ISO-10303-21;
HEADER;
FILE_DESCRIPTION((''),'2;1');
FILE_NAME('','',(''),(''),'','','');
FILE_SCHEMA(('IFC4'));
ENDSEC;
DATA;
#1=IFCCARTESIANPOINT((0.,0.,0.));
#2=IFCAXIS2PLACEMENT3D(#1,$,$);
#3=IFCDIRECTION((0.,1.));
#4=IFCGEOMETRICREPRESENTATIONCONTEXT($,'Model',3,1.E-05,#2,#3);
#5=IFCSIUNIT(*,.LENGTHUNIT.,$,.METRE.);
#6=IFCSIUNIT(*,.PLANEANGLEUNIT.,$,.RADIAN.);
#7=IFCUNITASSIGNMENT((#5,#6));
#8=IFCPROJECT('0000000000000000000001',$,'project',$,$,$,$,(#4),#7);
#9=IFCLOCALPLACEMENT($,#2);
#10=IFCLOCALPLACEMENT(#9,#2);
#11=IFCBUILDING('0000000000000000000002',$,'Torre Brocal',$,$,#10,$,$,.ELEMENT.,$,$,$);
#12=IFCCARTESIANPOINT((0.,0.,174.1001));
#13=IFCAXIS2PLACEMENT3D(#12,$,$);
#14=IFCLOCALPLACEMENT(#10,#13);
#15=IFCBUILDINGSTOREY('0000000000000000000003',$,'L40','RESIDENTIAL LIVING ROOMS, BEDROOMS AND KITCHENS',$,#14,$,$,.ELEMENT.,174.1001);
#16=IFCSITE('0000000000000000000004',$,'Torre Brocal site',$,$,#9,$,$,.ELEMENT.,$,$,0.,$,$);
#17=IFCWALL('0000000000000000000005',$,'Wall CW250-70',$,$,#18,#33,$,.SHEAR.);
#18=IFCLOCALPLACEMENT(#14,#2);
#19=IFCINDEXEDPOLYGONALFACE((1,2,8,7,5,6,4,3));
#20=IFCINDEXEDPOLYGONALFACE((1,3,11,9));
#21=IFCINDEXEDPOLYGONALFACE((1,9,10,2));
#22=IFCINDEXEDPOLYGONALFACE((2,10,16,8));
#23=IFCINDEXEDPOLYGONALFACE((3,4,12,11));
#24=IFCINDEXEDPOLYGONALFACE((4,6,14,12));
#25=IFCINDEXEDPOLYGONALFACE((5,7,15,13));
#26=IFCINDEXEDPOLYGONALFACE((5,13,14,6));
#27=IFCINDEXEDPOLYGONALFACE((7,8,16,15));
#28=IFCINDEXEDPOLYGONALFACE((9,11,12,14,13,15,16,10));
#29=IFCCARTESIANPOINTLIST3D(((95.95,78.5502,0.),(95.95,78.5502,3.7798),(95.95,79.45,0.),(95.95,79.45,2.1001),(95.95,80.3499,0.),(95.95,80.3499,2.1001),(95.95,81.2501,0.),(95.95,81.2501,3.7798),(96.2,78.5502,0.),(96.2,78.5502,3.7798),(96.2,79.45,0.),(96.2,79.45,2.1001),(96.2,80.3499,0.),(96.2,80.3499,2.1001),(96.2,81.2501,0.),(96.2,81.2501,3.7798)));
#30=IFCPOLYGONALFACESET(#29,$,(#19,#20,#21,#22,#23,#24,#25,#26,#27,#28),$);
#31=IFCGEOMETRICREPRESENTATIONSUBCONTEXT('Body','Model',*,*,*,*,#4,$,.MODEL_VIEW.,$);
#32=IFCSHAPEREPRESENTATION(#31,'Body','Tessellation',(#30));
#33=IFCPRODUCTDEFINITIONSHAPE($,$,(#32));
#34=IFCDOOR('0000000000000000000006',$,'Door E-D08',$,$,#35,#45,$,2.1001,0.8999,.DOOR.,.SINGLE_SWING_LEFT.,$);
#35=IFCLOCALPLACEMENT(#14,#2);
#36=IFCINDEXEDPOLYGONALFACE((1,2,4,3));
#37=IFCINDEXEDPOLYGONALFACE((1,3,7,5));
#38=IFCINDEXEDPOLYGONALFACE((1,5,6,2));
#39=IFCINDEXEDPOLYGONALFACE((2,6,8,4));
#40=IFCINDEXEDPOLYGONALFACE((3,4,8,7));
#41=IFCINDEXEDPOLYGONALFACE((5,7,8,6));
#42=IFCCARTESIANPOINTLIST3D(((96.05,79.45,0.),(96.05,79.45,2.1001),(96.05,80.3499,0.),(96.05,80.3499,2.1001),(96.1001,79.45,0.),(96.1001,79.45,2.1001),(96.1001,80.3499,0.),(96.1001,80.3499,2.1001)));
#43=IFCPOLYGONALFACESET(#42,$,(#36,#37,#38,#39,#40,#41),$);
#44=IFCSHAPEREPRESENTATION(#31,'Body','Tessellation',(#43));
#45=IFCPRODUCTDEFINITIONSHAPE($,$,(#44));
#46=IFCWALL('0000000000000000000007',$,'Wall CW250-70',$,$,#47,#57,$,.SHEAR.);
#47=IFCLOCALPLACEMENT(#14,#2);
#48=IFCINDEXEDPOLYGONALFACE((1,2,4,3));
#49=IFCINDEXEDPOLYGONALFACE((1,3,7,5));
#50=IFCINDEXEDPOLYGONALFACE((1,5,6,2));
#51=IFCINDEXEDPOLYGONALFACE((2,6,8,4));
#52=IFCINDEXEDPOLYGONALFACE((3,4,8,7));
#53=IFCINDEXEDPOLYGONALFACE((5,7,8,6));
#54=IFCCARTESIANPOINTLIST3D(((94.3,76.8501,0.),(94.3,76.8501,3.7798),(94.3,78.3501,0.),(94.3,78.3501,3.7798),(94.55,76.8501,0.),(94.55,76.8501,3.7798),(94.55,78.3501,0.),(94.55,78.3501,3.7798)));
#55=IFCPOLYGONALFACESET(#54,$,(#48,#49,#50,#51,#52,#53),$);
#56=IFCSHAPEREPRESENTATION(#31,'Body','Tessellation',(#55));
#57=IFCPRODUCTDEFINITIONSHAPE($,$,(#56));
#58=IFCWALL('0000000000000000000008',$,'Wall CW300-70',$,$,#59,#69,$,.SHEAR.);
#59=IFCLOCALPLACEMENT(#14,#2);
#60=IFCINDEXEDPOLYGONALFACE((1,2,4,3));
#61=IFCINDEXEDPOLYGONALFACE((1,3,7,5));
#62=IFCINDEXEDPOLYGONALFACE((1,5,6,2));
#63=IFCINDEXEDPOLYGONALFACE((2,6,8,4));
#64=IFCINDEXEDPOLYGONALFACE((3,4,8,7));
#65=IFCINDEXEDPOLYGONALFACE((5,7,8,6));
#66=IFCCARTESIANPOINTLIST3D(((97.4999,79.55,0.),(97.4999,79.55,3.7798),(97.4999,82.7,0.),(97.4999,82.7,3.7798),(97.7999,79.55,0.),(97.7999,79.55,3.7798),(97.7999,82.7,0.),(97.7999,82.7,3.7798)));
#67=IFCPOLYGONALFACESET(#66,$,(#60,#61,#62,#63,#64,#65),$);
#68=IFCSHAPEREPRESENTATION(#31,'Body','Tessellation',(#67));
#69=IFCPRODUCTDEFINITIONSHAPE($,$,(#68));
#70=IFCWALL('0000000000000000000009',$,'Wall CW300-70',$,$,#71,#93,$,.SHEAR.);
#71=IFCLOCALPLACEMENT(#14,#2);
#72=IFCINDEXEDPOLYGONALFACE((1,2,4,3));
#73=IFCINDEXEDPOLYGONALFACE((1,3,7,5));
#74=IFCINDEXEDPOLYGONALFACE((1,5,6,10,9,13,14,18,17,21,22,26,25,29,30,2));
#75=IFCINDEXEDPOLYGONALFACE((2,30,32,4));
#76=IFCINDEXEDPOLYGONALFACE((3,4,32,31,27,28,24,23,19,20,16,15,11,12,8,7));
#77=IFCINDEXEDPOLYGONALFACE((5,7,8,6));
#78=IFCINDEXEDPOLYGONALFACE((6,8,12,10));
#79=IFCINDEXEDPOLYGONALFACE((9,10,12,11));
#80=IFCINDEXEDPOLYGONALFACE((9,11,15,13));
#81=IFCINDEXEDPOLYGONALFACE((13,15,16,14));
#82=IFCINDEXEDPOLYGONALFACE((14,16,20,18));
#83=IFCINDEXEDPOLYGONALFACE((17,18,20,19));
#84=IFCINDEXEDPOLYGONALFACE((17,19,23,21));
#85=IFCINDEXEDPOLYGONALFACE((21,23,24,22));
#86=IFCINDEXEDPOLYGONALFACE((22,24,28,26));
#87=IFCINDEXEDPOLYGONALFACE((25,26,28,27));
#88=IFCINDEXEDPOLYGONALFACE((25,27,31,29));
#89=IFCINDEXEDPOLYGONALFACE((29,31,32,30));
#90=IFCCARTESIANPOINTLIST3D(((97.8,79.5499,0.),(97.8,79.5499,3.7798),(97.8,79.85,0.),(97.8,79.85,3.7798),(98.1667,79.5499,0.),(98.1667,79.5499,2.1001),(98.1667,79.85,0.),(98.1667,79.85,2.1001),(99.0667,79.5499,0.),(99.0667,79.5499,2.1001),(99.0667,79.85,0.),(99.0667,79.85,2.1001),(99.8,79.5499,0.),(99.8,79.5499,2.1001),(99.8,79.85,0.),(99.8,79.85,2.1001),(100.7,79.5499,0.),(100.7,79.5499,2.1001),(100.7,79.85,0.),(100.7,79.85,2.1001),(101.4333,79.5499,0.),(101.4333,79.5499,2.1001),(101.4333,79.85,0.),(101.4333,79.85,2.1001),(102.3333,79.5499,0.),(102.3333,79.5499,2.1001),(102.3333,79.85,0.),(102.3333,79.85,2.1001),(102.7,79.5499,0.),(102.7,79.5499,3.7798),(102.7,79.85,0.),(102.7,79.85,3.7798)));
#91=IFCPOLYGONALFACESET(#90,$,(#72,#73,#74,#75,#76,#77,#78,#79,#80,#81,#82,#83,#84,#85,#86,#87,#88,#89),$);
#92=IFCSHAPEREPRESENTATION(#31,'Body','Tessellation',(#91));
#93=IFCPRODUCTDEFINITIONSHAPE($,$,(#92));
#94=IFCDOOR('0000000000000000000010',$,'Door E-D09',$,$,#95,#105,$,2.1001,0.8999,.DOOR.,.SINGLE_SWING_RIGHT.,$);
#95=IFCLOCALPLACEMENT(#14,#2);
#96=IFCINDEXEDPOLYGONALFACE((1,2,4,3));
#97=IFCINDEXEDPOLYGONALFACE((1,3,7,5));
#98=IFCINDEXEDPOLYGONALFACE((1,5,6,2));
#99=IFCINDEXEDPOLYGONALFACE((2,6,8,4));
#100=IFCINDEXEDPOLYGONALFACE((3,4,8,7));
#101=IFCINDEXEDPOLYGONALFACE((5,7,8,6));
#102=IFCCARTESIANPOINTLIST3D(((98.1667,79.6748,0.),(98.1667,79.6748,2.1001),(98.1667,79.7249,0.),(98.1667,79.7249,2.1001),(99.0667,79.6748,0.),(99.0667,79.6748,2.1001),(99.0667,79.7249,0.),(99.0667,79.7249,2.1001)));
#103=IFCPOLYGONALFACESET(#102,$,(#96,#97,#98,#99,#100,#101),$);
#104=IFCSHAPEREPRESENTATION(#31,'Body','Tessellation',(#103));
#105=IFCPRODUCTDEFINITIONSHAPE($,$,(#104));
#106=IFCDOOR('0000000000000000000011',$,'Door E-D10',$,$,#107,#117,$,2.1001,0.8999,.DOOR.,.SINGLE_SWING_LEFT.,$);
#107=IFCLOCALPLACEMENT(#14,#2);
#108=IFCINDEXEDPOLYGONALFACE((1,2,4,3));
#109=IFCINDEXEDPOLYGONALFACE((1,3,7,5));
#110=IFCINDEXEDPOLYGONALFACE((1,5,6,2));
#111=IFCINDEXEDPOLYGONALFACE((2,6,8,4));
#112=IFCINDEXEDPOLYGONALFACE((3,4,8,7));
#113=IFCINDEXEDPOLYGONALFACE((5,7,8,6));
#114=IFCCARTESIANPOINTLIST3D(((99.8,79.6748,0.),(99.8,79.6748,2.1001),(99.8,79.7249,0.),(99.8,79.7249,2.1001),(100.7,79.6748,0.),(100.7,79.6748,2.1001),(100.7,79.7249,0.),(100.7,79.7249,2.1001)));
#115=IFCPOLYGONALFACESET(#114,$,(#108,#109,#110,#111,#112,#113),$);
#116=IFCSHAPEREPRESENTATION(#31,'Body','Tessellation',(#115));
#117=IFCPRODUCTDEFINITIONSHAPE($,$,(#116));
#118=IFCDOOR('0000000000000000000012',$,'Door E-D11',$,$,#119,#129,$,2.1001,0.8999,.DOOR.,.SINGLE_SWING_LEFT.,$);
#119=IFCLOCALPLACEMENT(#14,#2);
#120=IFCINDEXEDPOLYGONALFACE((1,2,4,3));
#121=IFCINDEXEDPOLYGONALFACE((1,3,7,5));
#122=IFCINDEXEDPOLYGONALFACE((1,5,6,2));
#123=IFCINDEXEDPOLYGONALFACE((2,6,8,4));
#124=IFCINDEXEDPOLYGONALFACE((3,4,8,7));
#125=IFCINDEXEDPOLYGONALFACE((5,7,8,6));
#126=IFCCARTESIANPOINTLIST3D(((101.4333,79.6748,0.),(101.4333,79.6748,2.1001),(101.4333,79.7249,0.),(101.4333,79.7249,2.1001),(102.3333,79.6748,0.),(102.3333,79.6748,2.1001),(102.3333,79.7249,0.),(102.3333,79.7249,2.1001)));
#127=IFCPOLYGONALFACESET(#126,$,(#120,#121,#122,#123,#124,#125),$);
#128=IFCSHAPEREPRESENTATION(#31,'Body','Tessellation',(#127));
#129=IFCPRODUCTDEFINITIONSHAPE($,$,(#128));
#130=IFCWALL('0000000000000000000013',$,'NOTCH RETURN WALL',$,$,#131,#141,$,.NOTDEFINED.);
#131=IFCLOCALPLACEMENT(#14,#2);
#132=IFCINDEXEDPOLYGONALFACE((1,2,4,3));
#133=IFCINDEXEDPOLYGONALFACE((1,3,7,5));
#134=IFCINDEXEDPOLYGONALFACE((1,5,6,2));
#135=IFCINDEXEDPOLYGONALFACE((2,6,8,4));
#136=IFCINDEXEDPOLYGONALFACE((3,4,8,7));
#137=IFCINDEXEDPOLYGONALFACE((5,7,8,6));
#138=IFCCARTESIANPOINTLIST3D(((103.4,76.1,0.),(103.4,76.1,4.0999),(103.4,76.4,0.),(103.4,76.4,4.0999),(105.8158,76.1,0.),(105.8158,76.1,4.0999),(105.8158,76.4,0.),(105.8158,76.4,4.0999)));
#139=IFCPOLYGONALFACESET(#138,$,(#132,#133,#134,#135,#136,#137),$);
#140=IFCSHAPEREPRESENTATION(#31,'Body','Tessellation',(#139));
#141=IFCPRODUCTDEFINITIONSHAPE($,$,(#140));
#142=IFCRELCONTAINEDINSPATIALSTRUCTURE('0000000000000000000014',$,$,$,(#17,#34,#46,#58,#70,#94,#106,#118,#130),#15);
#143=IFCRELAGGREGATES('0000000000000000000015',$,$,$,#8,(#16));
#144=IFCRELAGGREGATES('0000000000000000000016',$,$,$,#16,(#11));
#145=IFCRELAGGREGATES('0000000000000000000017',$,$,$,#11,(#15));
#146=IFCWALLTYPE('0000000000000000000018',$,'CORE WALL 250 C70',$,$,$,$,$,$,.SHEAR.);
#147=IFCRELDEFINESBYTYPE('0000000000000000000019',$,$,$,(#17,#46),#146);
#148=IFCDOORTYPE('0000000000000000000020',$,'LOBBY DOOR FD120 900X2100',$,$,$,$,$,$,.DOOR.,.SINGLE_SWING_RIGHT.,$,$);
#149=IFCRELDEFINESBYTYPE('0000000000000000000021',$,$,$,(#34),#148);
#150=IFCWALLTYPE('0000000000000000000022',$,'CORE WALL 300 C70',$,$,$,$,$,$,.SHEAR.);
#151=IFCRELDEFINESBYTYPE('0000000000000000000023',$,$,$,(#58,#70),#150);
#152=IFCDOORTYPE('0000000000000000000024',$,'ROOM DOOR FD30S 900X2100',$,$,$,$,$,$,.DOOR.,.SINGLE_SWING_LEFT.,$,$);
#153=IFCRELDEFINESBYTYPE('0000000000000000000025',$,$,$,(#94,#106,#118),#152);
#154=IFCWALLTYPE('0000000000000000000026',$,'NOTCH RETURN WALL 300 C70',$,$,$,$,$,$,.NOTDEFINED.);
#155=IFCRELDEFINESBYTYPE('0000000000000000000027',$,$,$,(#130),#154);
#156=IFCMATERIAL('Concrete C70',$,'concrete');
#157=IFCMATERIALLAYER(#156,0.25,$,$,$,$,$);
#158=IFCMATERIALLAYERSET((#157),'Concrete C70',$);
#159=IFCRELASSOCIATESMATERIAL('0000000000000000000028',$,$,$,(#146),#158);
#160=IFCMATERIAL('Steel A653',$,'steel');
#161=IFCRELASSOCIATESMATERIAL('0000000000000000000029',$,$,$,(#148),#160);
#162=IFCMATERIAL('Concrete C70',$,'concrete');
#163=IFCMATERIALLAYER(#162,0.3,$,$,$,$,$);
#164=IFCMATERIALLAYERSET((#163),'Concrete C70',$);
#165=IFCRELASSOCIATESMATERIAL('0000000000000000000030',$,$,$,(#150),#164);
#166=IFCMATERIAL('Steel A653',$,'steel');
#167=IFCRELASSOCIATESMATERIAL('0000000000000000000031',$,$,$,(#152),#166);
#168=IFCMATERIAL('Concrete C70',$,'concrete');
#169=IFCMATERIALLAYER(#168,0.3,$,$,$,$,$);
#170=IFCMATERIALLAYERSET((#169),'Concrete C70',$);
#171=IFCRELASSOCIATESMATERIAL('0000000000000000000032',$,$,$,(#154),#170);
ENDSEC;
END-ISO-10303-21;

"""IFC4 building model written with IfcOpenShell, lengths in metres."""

from ifc_helpers import new_model, si_unit, direction, frame, frame_2d, origin, place, context, subcontext, project, spatial, rectangle, extrude, material, layer, layer_set, type_object, element, fill, save


model = new_model("IFC4")

# Units and contexts
model_context = context("Model", 3, precision=1e-05, world=origin(), true_north=direction((0.0, 1.0)))
body_context = subcontext(model_context, "Body", "Model", "MODEL_VIEW")
ifc_project = project(units=[si_unit("LENGTHUNIT", "METRE"), si_unit("PLANEANGLEUNIT", "RADIAN")], contexts=[model_context])

# Site, building, storey
site_placement = place(None, origin())
site = spatial("IfcSite", under=ifc_project, at=site_placement, Name="Torre Brocal site", CompositionType="ELEMENT", RefElevation=0.0)
building_placement = place(site_placement, origin())
building = spatial("IfcBuilding", under=site, at=building_placement, Name="Torre Brocal", CompositionType="ELEMENT")
storey_placement = place(building_placement, frame((0.0, 0.0, 174.1001)))
storey = spatial("IfcBuildingStorey", under=building, at=storey_placement, Name="L40", Description="RESIDENTIAL LIVING ROOMS, BEDROOMS AND KITCHENS", CompositionType="ELEMENT", Elevation=174.1001)

# Wall, opening, door
ifc_material_1 = material(Name="Concrete C70", Category="concrete")
ifc_layer_1 = layer(ifc_material_1, 0.25)
ifc_layer_set_1 = layer_set([ifc_layer_1], Name="Concrete C70")
wall_type_1 = type_object("IfcWallType", Name="CORE WALL 250 C70", PredefinedType="SHEAR", material=ifc_layer_set_1)
wall_1_placement = place(storey_placement, frame((96.075, 78.55, 0.0), z_axis=(0.0, 0.0, 1.0), x_axis=(0.0, 1.0, 0.0)))
wall_1 = element("IfcWall", 1, at=wall_1_placement, inside=storey, type_object=wall_type_1, Name="Wall CW250-70", PredefinedType="SHEAR", context=body_context, shape_type="SweptSolid", body=[
    extrude(rectangle(XDim=2.7, YDim=0.25, at=frame_2d((1.3501, 0.0))), origin(), (0.0, 0.0, 1.0), 3.7798),
])
opening_1_placement = place(wall_1_placement, frame((0.8999, 0.0, 0.0)))
opening_1 = element("IfcOpeningElement", 2, at=opening_1_placement, cuts=wall_1, PredefinedType="OPENING", context=body_context, shape_type="SweptSolid", body=[
    extrude(rectangle(XDim=0.8999, YDim=2.1001, at=frame_2d((0.45, 1.05))), frame((0.0, 0.135, 0.0), z_axis=(0.0, -1.0, 0.0), x_axis=(1.0, 0.0, 0.0)), (0.0, 0.0, 1.0), 0.27),
])
ifc_material_2 = material(Name="Steel A653", Category="steel")
door_type_1 = type_object("IfcDoorType", Name="LOBBY DOOR FD120 900X2100", OperationType="SINGLE_SWING_RIGHT", PredefinedType="DOOR", material=ifc_material_2)
door_1_placement = place(opening_1_placement, origin())
door_1 = element("IfcDoor", 3, at=door_1_placement, inside=storey, type_object=door_type_1, Name="Door E-D08", OperationType="SINGLE_SWING_LEFT", OverallHeight=2.1001, OverallWidth=0.8999, PredefinedType="DOOR", context=body_context, shape_type="SweptSolid", body=[
    extrude(rectangle(XDim=0.8999, YDim=2.1001, at=frame_2d((0.45, 1.05))), frame((0.0, 0.0249, 0.0), z_axis=(0.0, -1.0, 0.0), x_axis=(1.0, 0.0, 0.0)), (0.0, 0.0, 1.0), 0.05),
])
fill(opening_1, door_1)

# Walls
wall_2_placement = place(storey_placement, frame((94.425, 76.8501, 0.0), z_axis=(0.0, 0.0, 1.0), x_axis=(0.0, 1.0, 0.0)))
element("IfcWall", 4, at=wall_2_placement, inside=storey, type_object=wall_type_1, Name="Wall CW250-70", PredefinedType="SHEAR", context=body_context, shape_type="SweptSolid", body=[
    extrude(rectangle(XDim=1.5, YDim=0.25, at=frame_2d((0.75, 0.0))), origin(), (0.0, 0.0, 1.0), 3.7798),
])
ifc_material_3 = material(Name="Concrete C70", Category="concrete")
ifc_layer_2 = layer(ifc_material_3, 0.3)
ifc_layer_set_2 = layer_set([ifc_layer_2], Name="Concrete C70")
wall_type_2 = type_object("IfcWallType", Name="CORE WALL 300 C70", PredefinedType="SHEAR", material=ifc_layer_set_2)
wall_3_placement = place(storey_placement, frame((97.6499, 79.55, 0.0), z_axis=(0.0, 0.0, 1.0), x_axis=(0.0, 1.0, 0.0)))
element("IfcWall", 5, at=wall_3_placement, inside=storey, type_object=wall_type_2, Name="Wall CW300-70", PredefinedType="SHEAR", context=body_context, shape_type="SweptSolid", body=[
    extrude(rectangle(XDim=3.1499, YDim=0.3, at=frame_2d((1.575, 0.0))), origin(), (0.0, 0.0, 1.0), 3.7798),
])

# Wall, openings, doors
wall_4_placement = place(storey_placement, frame((97.8, 79.7, 0.0), z_axis=(0.0, 0.0, 1.0), x_axis=(1.0, 0.0, 0.0)))
wall_4 = element("IfcWall", 6, at=wall_4_placement, inside=storey, type_object=wall_type_2, Name="Wall CW300-70", PredefinedType="SHEAR", context=body_context, shape_type="SweptSolid", body=[
    extrude(rectangle(XDim=4.8999, YDim=0.3, at=frame_2d((2.45, 0.0))), origin(), (0.0, 0.0, 1.0), 3.7798),
])
opening_2_placement = place(wall_4_placement, frame((0.3667, 0.0, 0.0)))
opening_2 = element("IfcOpeningElement", 7, at=opening_2_placement, cuts=wall_4, PredefinedType="OPENING", context=body_context, shape_type="SweptSolid", body=[
    extrude(rectangle(XDim=0.8999, YDim=2.1001, at=frame_2d((0.45, 1.05))), frame((0.0, 0.1599, 0.0), z_axis=(0.0, -1.0, 0.0), x_axis=(1.0, 0.0, 0.0)), (0.0, 0.0, 1.0), 0.3201),
])
opening_3_placement = place(wall_4_placement, frame((2.0, 0.0, 0.0)))
opening_3 = element("IfcOpeningElement", 8, at=opening_3_placement, cuts=wall_4, PredefinedType="OPENING", context=body_context, shape_type="SweptSolid", body=[
    extrude(rectangle(XDim=0.8999, YDim=2.1001, at=frame_2d((0.45, 1.05))), frame((0.0, 0.1599, 0.0), z_axis=(0.0, -1.0, 0.0), x_axis=(1.0, 0.0, 0.0)), (0.0, 0.0, 1.0), 0.3201),
])
opening_4_placement = place(wall_4_placement, frame((3.6333, 0.0, 0.0)))
opening_4 = element("IfcOpeningElement", 9, at=opening_4_placement, cuts=wall_4, PredefinedType="OPENING", context=body_context, shape_type="SweptSolid", body=[
    extrude(rectangle(XDim=0.8999, YDim=2.1001, at=frame_2d((0.45, 1.05))), frame((0.0, 0.1599, 0.0), z_axis=(0.0, -1.0, 0.0), x_axis=(1.0, 0.0, 0.0)), (0.0, 0.0, 1.0), 0.3201),
])
ifc_material_4 = material(Name="Steel A653", Category="steel")
door_type_2 = type_object("IfcDoorType", Name="ROOM DOOR FD30S 900X2100", OperationType="SINGLE_SWING_LEFT", PredefinedType="DOOR", material=ifc_material_4)
door_2_placement = place(opening_2_placement, origin())
door_2 = element("IfcDoor", 10, at=door_2_placement, inside=storey, type_object=door_type_2, Name="Door E-D09", OperationType="SINGLE_SWING_RIGHT", OverallHeight=2.1001, OverallWidth=0.8999, PredefinedType="DOOR", context=body_context, shape_type="SweptSolid", body=[
    extrude(rectangle(XDim=0.8999, YDim=2.1001, at=frame_2d((0.45, 1.05))), frame((0.0, 0.0249, 0.0), z_axis=(0.0, -1.0, 0.0), x_axis=(1.0, 0.0, 0.0)), (0.0, 0.0, 1.0), 0.05),
])
fill(opening_2, door_2)
door_3_placement = place(opening_3_placement, origin())
door_3 = element("IfcDoor", 11, at=door_3_placement, inside=storey, type_object=door_type_2, Name="Door E-D10", OperationType="SINGLE_SWING_LEFT", OverallHeight=2.1001, OverallWidth=0.8999, PredefinedType="DOOR", context=body_context, shape_type="SweptSolid", body=[
    extrude(rectangle(XDim=0.8999, YDim=2.1001, at=frame_2d((0.45, 1.05))), frame((0.0, 0.0249, 0.0), z_axis=(0.0, -1.0, 0.0), x_axis=(1.0, 0.0, 0.0)), (0.0, 0.0, 1.0), 0.05),
])
fill(opening_3, door_3)
door_4_placement = place(opening_4_placement, origin())
door_4 = element("IfcDoor", 12, at=door_4_placement, inside=storey, type_object=door_type_2, Name="Door E-D11", OperationType="SINGLE_SWING_LEFT", OverallHeight=2.1001, OverallWidth=0.8999, PredefinedType="DOOR", context=body_context, shape_type="SweptSolid", body=[
    extrude(rectangle(XDim=0.8999, YDim=2.1001, at=frame_2d((0.45, 1.05))), frame((0.0, 0.0249, 0.0), z_axis=(0.0, -1.0, 0.0), x_axis=(1.0, 0.0, 0.0)), (0.0, 0.0, 1.0), 0.05),
])
fill(opening_4, door_4)

# Wall
ifc_material_5 = material(Name="Concrete C70", Category="concrete")
ifc_layer_3 = layer(ifc_material_5, 0.3)
ifc_layer_set_3 = layer_set([ifc_layer_3], Name="Concrete C70")
wall_type_3 = type_object("IfcWallType", Name="NOTCH RETURN WALL 300 C70", PredefinedType="NOTDEFINED", material=ifc_layer_set_3)
wall_5_placement = place(storey_placement, frame((103.3999, 76.25, 0.0), z_axis=(0.0, 0.0, 1.0), x_axis=(1.0, 0.0, 0.0)))
element("IfcWall", 13, at=wall_5_placement, inside=storey, type_object=wall_type_3, Name="NOTCH RETURN WALL", PredefinedType="NOTDEFINED", context=body_context, shape_type="SweptSolid", body=[
    extrude(rectangle(XDim=2.4158, YDim=0.3, at=frame_2d((1.208, 0.0))), origin(), (0.0, 0.0, 1.0), 4.0999),
])

save(model, "model.ifc")
